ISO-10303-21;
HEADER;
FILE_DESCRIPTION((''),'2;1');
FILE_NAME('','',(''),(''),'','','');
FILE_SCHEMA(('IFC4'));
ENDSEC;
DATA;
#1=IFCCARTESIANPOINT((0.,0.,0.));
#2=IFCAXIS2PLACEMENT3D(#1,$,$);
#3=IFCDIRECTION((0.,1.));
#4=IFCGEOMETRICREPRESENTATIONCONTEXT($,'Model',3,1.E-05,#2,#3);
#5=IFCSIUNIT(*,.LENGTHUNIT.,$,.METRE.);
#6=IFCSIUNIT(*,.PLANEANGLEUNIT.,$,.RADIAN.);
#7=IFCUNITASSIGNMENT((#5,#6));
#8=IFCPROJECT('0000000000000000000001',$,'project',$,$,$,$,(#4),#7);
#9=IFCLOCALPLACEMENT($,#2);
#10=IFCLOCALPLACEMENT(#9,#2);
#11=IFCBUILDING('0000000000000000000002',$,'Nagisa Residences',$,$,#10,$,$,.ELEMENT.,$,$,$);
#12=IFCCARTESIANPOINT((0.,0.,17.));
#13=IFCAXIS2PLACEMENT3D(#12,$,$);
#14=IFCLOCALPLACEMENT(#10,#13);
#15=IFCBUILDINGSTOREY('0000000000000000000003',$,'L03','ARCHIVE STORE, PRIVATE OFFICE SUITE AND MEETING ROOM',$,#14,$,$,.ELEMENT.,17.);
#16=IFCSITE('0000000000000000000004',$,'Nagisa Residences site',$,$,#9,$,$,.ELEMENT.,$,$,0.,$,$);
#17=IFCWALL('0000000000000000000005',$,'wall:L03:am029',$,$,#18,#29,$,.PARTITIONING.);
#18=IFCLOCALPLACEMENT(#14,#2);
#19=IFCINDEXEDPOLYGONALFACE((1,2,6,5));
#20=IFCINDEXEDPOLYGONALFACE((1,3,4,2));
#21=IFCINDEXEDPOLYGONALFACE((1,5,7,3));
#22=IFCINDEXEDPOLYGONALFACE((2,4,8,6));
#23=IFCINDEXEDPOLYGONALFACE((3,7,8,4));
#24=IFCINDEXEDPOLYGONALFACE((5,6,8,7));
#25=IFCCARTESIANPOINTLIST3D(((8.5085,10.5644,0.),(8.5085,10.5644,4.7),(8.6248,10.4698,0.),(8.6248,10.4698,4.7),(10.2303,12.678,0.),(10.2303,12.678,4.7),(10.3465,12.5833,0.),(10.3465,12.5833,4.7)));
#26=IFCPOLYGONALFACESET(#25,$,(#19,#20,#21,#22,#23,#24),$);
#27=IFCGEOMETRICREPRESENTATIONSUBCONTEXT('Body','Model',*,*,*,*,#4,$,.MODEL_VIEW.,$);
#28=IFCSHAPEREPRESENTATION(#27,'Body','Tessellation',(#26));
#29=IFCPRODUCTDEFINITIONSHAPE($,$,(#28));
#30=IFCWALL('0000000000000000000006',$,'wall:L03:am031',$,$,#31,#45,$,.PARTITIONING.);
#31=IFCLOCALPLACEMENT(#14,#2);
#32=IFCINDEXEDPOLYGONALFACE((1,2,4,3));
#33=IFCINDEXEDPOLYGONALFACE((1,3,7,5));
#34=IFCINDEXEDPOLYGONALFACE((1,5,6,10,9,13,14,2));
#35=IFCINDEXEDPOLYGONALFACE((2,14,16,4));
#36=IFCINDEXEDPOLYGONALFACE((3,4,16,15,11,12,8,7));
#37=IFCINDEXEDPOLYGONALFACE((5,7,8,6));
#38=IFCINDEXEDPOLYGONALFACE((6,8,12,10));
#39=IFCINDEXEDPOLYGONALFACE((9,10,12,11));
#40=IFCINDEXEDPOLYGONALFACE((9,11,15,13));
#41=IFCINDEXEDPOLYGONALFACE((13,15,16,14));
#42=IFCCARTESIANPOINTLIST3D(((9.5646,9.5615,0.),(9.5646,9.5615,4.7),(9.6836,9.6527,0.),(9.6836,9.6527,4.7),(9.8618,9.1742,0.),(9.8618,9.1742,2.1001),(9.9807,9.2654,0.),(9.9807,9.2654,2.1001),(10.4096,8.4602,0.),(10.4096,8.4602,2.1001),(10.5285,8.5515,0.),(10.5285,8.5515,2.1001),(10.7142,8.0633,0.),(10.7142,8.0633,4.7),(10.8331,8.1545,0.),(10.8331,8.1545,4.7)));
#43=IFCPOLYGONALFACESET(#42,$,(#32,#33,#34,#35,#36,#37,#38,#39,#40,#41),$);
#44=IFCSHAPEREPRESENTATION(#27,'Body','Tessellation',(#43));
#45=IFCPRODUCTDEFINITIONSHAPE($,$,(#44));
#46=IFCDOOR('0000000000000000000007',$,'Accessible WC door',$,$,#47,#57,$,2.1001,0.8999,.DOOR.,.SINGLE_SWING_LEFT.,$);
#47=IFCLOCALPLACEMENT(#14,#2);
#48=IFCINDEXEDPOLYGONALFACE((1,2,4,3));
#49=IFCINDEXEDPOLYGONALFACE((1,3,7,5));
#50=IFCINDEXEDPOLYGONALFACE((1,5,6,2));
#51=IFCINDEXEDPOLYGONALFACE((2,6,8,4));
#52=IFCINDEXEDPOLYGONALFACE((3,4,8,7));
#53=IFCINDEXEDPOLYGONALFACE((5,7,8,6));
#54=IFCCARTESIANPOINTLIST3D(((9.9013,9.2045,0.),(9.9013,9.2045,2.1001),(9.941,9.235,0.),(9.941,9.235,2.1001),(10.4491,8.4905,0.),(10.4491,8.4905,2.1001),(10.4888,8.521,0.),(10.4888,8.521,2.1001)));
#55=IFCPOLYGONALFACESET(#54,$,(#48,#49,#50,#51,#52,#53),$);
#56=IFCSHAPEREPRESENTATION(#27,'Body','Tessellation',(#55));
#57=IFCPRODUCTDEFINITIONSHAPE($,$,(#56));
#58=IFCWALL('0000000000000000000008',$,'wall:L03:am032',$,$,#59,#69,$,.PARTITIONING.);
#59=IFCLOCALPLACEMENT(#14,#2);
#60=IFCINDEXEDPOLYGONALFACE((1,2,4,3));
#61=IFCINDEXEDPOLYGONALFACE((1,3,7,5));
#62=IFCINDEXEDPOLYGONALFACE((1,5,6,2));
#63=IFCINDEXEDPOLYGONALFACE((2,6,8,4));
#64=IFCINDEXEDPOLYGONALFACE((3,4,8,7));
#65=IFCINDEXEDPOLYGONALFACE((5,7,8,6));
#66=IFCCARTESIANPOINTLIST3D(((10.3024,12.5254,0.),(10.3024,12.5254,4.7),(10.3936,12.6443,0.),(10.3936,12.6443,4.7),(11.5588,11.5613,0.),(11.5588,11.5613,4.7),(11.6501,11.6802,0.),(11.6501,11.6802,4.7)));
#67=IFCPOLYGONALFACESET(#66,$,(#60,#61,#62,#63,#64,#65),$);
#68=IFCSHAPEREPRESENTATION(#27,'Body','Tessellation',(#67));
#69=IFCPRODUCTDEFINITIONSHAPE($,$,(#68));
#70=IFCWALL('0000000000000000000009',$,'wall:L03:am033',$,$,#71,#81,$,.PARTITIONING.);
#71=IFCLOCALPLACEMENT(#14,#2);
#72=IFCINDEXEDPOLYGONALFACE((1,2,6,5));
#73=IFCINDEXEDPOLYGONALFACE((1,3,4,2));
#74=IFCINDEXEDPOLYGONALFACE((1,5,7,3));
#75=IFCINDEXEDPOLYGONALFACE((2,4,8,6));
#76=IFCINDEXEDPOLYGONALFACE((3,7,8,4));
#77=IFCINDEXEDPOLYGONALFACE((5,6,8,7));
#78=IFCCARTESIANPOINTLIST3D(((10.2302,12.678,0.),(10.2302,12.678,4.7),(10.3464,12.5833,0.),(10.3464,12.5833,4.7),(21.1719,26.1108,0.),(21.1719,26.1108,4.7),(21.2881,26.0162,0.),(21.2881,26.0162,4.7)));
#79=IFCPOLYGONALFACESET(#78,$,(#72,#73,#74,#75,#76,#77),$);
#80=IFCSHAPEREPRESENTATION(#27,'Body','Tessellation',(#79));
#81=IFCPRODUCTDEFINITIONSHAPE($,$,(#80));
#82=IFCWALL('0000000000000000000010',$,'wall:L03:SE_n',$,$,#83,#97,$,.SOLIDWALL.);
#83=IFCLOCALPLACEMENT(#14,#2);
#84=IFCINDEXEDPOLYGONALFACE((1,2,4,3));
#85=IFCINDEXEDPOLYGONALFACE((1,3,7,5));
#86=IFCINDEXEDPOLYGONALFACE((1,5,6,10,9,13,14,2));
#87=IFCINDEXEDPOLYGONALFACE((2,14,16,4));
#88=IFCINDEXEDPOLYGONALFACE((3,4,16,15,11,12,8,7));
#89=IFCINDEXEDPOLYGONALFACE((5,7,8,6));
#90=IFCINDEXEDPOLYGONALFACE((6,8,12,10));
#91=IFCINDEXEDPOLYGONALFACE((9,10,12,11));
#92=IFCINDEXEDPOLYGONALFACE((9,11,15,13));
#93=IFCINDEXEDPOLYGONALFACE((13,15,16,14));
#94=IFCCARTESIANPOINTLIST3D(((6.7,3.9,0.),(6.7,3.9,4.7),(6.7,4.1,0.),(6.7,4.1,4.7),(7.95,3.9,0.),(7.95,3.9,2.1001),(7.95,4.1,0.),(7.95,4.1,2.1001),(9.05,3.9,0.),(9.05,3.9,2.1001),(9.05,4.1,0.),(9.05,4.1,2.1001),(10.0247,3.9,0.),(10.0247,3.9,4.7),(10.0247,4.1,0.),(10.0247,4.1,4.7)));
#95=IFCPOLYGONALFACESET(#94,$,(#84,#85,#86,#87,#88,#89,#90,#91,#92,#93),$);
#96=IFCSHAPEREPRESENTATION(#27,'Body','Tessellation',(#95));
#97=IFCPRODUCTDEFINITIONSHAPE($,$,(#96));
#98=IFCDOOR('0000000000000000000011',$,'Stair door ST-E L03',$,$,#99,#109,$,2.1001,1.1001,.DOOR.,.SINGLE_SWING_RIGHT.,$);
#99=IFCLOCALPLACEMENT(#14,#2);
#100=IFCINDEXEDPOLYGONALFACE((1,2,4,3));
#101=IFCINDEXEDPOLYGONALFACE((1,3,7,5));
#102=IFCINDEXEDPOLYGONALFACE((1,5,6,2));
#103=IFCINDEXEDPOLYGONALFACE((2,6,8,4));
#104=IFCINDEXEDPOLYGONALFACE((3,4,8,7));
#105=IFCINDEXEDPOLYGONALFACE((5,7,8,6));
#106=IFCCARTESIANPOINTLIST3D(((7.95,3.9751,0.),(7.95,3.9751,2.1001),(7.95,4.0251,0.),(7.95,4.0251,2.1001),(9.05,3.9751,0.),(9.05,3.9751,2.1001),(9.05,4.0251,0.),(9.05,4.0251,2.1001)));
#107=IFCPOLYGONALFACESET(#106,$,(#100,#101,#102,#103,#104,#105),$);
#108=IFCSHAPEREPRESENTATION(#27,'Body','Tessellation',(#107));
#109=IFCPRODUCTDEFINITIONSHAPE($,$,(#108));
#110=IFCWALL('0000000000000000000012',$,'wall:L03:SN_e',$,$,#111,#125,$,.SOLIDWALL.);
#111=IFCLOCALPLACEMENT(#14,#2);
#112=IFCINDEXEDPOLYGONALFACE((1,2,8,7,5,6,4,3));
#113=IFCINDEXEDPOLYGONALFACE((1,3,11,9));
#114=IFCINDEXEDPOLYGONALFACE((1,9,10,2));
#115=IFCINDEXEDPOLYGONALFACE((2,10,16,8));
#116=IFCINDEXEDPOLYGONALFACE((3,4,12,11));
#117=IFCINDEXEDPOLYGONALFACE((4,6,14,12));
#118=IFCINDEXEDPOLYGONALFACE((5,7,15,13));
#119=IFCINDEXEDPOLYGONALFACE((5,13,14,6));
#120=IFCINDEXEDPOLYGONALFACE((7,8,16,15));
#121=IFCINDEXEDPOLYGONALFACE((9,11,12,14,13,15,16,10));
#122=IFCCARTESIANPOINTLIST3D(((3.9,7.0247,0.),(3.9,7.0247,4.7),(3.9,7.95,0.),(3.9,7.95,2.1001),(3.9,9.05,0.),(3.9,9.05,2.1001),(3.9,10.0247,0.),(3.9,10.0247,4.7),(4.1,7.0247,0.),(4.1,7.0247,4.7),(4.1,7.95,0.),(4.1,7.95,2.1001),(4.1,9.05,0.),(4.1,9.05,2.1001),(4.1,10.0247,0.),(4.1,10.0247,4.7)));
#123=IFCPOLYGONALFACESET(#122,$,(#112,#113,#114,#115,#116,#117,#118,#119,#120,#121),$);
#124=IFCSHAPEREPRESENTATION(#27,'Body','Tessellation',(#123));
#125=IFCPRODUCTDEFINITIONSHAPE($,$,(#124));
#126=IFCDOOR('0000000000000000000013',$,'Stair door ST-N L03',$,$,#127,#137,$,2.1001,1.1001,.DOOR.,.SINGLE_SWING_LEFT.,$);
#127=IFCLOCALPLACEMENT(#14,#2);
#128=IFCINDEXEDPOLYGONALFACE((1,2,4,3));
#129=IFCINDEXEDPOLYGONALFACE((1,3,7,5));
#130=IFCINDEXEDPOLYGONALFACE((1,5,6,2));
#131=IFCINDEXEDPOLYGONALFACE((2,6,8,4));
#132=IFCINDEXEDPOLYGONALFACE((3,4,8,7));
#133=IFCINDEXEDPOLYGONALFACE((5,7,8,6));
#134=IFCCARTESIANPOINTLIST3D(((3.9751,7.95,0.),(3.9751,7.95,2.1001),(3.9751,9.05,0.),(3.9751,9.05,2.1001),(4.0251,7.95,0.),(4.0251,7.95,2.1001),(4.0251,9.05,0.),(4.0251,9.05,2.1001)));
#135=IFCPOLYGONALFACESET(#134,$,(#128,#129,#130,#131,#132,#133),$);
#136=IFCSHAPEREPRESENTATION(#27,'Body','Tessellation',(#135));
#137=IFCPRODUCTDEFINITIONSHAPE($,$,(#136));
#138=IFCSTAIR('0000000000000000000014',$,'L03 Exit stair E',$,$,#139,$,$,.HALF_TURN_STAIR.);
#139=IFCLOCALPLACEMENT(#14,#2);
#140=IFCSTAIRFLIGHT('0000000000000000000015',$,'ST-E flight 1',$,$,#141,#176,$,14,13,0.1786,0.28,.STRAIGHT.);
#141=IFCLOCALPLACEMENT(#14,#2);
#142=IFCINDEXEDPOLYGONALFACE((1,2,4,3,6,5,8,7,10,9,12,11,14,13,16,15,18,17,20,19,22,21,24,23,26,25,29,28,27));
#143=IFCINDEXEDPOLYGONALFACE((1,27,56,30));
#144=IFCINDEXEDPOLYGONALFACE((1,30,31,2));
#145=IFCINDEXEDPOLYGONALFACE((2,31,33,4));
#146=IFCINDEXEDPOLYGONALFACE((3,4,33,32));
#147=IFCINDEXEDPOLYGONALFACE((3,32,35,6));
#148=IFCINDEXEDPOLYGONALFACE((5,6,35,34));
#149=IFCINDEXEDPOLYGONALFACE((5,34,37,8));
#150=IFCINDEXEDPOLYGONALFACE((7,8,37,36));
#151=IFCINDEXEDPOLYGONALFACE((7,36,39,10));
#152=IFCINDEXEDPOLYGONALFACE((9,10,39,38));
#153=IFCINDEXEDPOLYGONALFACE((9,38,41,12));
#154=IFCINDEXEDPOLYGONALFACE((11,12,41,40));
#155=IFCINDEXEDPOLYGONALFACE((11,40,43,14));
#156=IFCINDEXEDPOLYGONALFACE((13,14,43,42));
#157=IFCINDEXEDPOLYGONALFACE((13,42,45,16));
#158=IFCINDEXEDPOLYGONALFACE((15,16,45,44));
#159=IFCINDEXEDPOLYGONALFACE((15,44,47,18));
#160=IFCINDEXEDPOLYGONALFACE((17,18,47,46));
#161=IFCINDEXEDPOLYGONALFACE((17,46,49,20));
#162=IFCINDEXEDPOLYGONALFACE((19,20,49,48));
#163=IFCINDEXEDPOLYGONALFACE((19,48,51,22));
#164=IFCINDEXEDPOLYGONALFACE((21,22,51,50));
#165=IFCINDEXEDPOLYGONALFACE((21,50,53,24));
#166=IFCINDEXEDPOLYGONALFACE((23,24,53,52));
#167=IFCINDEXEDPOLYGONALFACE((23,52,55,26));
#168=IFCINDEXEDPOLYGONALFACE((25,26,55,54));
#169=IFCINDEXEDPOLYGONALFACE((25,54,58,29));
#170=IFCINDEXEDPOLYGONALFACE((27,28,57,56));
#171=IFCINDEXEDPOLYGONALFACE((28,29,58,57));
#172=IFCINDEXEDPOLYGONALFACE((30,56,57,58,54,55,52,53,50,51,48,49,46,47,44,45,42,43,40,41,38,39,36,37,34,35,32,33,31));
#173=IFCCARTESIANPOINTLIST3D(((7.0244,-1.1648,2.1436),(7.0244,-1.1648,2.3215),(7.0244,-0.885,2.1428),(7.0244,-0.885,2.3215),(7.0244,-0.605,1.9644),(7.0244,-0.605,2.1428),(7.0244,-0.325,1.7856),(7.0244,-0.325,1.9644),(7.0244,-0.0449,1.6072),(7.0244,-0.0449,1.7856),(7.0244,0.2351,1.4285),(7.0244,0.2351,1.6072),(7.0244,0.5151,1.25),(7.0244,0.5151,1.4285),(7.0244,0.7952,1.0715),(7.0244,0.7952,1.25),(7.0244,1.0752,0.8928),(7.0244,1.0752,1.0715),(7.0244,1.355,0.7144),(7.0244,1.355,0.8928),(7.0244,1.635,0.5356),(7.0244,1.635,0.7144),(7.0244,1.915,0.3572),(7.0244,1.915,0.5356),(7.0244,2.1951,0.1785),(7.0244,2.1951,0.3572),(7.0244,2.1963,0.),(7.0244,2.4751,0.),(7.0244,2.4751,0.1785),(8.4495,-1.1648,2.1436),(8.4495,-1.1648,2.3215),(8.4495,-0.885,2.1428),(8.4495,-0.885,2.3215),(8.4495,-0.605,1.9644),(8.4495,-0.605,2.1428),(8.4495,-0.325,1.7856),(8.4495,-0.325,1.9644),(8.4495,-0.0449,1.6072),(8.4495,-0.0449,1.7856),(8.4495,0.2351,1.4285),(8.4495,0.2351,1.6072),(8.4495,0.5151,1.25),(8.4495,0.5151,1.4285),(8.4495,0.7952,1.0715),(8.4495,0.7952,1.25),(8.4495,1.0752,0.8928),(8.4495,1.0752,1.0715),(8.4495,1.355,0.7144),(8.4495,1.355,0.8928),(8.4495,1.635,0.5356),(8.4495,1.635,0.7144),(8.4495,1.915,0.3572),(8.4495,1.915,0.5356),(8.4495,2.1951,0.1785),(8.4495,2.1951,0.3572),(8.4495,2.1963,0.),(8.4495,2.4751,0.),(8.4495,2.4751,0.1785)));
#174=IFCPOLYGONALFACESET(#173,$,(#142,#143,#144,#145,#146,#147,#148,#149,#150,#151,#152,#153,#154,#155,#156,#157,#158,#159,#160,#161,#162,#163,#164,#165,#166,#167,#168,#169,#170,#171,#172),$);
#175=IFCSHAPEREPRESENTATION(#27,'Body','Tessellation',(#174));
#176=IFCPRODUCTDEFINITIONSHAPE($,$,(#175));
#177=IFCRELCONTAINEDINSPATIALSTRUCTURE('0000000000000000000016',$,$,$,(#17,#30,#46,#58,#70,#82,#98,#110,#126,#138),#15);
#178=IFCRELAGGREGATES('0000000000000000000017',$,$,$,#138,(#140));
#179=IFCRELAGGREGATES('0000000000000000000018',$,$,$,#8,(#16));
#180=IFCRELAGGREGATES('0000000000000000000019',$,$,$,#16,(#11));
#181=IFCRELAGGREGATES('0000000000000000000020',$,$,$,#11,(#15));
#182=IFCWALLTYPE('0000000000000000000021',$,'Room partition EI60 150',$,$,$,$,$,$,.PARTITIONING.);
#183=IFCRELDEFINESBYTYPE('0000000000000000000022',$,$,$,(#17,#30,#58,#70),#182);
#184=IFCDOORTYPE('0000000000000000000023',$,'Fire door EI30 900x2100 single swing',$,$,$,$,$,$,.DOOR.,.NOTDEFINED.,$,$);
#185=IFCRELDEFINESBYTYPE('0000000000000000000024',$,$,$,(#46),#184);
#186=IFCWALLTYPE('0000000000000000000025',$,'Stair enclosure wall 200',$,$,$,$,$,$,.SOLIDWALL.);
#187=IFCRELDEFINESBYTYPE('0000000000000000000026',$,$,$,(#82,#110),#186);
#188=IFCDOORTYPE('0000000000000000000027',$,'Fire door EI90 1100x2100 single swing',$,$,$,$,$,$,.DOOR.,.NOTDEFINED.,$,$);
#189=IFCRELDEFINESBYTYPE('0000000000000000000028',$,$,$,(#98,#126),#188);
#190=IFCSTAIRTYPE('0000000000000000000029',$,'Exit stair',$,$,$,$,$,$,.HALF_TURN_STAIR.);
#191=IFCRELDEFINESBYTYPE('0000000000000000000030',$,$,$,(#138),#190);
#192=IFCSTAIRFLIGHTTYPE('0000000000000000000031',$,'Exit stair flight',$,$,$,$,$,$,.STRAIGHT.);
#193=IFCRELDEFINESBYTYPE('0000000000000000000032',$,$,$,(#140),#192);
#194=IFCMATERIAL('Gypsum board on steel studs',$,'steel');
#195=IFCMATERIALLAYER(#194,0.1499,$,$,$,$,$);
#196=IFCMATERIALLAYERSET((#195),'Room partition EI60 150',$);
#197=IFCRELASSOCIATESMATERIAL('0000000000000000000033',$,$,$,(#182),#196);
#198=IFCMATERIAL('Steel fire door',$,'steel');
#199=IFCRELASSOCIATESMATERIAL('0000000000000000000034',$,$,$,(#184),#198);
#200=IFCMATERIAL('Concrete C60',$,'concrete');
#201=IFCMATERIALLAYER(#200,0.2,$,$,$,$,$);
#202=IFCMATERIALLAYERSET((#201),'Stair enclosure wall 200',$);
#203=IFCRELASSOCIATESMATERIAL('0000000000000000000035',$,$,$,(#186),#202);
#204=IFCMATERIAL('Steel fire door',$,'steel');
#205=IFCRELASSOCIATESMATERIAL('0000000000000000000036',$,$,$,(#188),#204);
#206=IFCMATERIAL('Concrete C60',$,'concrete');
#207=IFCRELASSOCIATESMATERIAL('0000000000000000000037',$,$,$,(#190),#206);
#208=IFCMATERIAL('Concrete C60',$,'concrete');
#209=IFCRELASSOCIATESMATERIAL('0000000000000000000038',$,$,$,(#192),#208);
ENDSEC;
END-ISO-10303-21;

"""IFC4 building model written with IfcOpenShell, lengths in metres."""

from ifc_helpers import new_model, si_unit, direction, frame, frame_2d, origin, place, context, subcontext, project, spatial, polyline, rectangle, outline, extrude, material, layer, layer_set, type_object, element, fill, aggregate, save


model = new_model("IFC4")

# Units and contexts
model_context = context("Model", 3, precision=1e-05, world=origin(), true_north=direction((0.0, 1.0)))
body_context = subcontext(model_context, "Body", "Model", "MODEL_VIEW")
ifc_project = project(units=[si_unit("LENGTHUNIT", "METRE"), si_unit("PLANEANGLEUNIT", "RADIAN")], contexts=[model_context])

# Site, building, storey
site_placement = place(None, origin())
site = spatial("IfcSite", under=ifc_project, at=site_placement, Name="Nagisa Residences site", CompositionType="ELEMENT", RefElevation=0.0)
building_placement = place(site_placement, origin())
building = spatial("IfcBuilding", under=site, at=building_placement, Name="Nagisa Residences", CompositionType="ELEMENT")
storey_placement = place(building_placement, frame((0.0, 0.0, 17.0)))
storey = spatial("IfcBuildingStorey", under=building, at=storey_placement, Name="L03", Description="ARCHIVE STORE, PRIVATE OFFICE SUITE AND MEETING ROOM", CompositionType="ELEMENT", Elevation=17.0)

# Shared definitions
ifc_material_1 = material(Name="Gypsum board on steel studs", Category="steel")
ifc_layer_1 = layer(ifc_material_1, 0.1499)
ifc_layer_set_1 = layer_set([ifc_layer_1], Name="Room partition EI60 150")
wall_type_1 = type_object("IfcWallType", Name="Room partition EI60 150", PredefinedType="PARTITIONING", material=ifc_layer_set_1)

# Shared definitions
ifc_material_2 = material(Name="Steel fire door", Category="steel")
door_type_1 = type_object("IfcDoorType", Name="Fire door EI30 900x2100 single swing", OperationType="NOTDEFINED", PredefinedType="DOOR", material=ifc_material_2)

# Wall
wall_1_placement = place(storey_placement, frame((8.5667, 10.5171, 0.0), z_axis=(0.0, 0.0, 1.0), x_axis=(0.631573, 0.775316, 0.0)))
element("IfcWall", 1, at=wall_1_placement, inside=storey, type_object=wall_type_1, Name="wall:L03:am029", PredefinedType="PARTITIONING", context=body_context, shape_type="SweptSolid", body=[
    extrude(rectangle(XDim=2.7261, YDim=0.1499, at=frame_2d((1.363, 0.0))), origin(), (0.0, 0.0, 1.0), 4.7),
])

# Wall, opening, door
wall_2_placement = place(storey_placement, frame((9.624, 9.6072, 0.0), z_axis=(0.0, 0.0, 1.0), x_axis=(0.608754, -0.793359, 0.0)))
wall_2 = element("IfcWall", 2, at=wall_2_placement, inside=storey, type_object=wall_type_1, Name="wall:L03:am031", PredefinedType="PARTITIONING", context=body_context, shape_type="SweptSolid", body=[
    extrude(rectangle(XDim=1.8884, YDim=0.1499, at=frame_2d((0.9443, 0.0))), origin(), (0.0, 0.0, 1.0), 4.7),
])
opening_1_placement = place(wall_2_placement, frame((0.4883, 0.0, 0.0)))
opening_1 = element("IfcOpeningElement", 3, at=opening_1_placement, cuts=wall_2, PredefinedType="OPENING", context=body_context, shape_type="SweptSolid", body=[
    extrude(rectangle(XDim=0.8999, YDim=2.1001, at=frame_2d((0.45, 1.05))), frame((0.0, 0.085, 0.0), z_axis=(0.0, -1.0, 0.0), x_axis=(1.0, 0.0, 0.0)), (0.0, 0.0, 1.0), 0.1699),
])
door_1_placement = place(opening_1_placement, origin())
door_1 = element("IfcDoor", 4, at=door_1_placement, inside=storey, type_object=door_type_1, Name="Accessible WC door", OperationType="SINGLE_SWING_LEFT", OverallHeight=2.1001, OverallWidth=0.8999, PredefinedType="DOOR", context=body_context, shape_type="SweptSolid", body=[
    extrude(rectangle(XDim=0.8999, YDim=2.1001, at=frame_2d((0.45, 1.05))), frame((0.0, 0.0249, 0.0), z_axis=(0.0, -1.0, 0.0), x_axis=(1.0, 0.0, 0.0)), (0.0, 0.0, 1.0), 0.05),
])
fill(opening_1, door_1)

# Walls
wall_3_placement = place(storey_placement, frame((10.3479, 12.585, 0.0), z_axis=(0.0, 0.0, 1.0), x_axis=(0.793328, -0.608794, 0.0)))
element("IfcWall", 5, at=wall_3_placement, inside=storey, type_object=wall_type_1, Name="wall:L03:am032", PredefinedType="PARTITIONING", context=body_context, shape_type="SweptSolid", body=[
    extrude(rectangle(XDim=1.5837, YDim=0.1499, at=frame_2d((0.792, 0.0))), origin(), (0.0, 0.0, 1.0), 4.7),
])
wall_4_placement = place(storey_placement, frame((10.2883, 12.6306, 0.0), z_axis=(0.0, 0.0, 1.0), x_axis=(0.631547, 0.775338, 0.0)))
element("IfcWall", 6, at=wall_4_placement, inside=storey, type_object=wall_type_1, Name="wall:L03:am033", PredefinedType="PARTITIONING", context=body_context, shape_type="SweptSolid", body=[
    extrude(rectangle(XDim=17.3252, YDim=0.1499, at=frame_2d((8.6626, 0.0))), origin(), (0.0, 0.0, 1.0), 4.7),
])

# Walls, openings, doors
ifc_material_3 = material(Name="Concrete C60", Category="concrete")
ifc_layer_2 = layer(ifc_material_3, 0.2)
ifc_layer_set_2 = layer_set([ifc_layer_2], Name="Stair enclosure wall 200")
wall_type_2 = type_object("IfcWallType", Name="Stair enclosure wall 200", PredefinedType="SOLIDWALL", material=ifc_layer_set_2)
wall_5_placement = place(storey_placement, frame((6.7, 4.0, 0.0), z_axis=(0.0, 0.0, 1.0), x_axis=(1.0, 0.0, 0.0)))
wall_5 = element("IfcWall", 7, at=wall_5_placement, inside=storey, type_object=wall_type_2, Name="wall:L03:SE_n", PredefinedType="SOLIDWALL", context=body_context, shape_type="SweptSolid", body=[
    extrude(rectangle(XDim=3.3247, YDim=0.2, at=frame_2d((1.6624, 0.0))), origin(), (0.0, 0.0, 1.0), 4.7),
])
opening_2_placement = place(wall_5_placement, frame((1.25, 0.0, 0.0)))
opening_2 = element("IfcOpeningElement", 8, at=opening_2_placement, cuts=wall_5, PredefinedType="OPENING", context=body_context, shape_type="SweptSolid", body=[
    extrude(rectangle(XDim=1.1001, YDim=2.1001, at=frame_2d((0.55, 1.05))), frame((0.0, 0.1099, 0.0), z_axis=(0.0, -1.0, 0.0), x_axis=(1.0, 0.0, 0.0)), (0.0, 0.0, 1.0), 0.22),
])
ifc_material_4 = material(Name="Steel fire door", Category="steel")
door_type_2 = type_object("IfcDoorType", Name="Fire door EI90 1100x2100 single swing", OperationType="NOTDEFINED", PredefinedType="DOOR", material=ifc_material_4)
door_2_placement = place(opening_2_placement, frame((1.1001, 0.0, 0.0), x_axis=(-1.0, 0.0, 0.0)))
door_2 = element("IfcDoor", 9, at=door_2_placement, inside=storey, type_object=door_type_2, Name="Stair door ST-E L03", OperationType="SINGLE_SWING_RIGHT", OverallHeight=2.1001, OverallWidth=1.1001, PredefinedType="DOOR", context=body_context, shape_type="SweptSolid", body=[
    extrude(rectangle(XDim=1.1001, YDim=2.1001, at=frame_2d((0.55, 1.05))), frame((0.0, 0.0249, 0.0), z_axis=(0.0, -1.0, 0.0), x_axis=(1.0, 0.0, 0.0)), (0.0, 0.0, 1.0), 0.05),
])
fill(opening_2, door_2)
wall_6_placement = place(storey_placement, frame((4.0, 7.0247, 0.0), z_axis=(0.0, 0.0, 1.0), x_axis=(0.0, 1.0, 0.0)))
wall_6 = element("IfcWall", 10, at=wall_6_placement, inside=storey, type_object=wall_type_2, Name="wall:L03:SN_e", PredefinedType="SOLIDWALL", context=body_context, shape_type="SweptSolid", body=[
    extrude(rectangle(XDim=3.0, YDim=0.2, at=frame_2d((1.5, 0.0))), origin(), (0.0, 0.0, 1.0), 4.7),
])
opening_3_placement = place(wall_6_placement, frame((0.9253, 0.0, 0.0)))
opening_3 = element("IfcOpeningElement", 11, at=opening_3_placement, cuts=wall_6, PredefinedType="OPENING", context=body_context, shape_type="SweptSolid", body=[
    extrude(rectangle(XDim=1.1001, YDim=2.1001, at=frame_2d((0.55, 1.05))), frame((0.0, 0.1099, 0.0), z_axis=(0.0, -1.0, 0.0), x_axis=(1.0, 0.0, 0.0)), (0.0, 0.0, 1.0), 0.22),
])
door_3_placement = place(opening_3_placement, origin())
door_3 = element("IfcDoor", 12, at=door_3_placement, inside=storey, type_object=door_type_2, Name="Stair door ST-N L03", OperationType="SINGLE_SWING_LEFT", OverallHeight=2.1001, OverallWidth=1.1001, PredefinedType="DOOR", context=body_context, shape_type="SweptSolid", body=[
    extrude(rectangle(XDim=1.1001, YDim=2.1001, at=frame_2d((0.55, 1.05))), frame((0.0, 0.0249, 0.0), z_axis=(0.0, -1.0, 0.0), x_axis=(1.0, 0.0, 0.0)), (0.0, 0.0, 1.0), 0.05),
])
fill(opening_3, door_3)

# Stair, stair flight
ifc_material_5 = material(Name="Concrete C60", Category="concrete")
stair_type = type_object("IfcStairType", Name="Exit stair", PredefinedType="HALF_TURN_STAIR", material=ifc_material_5)
stair_placement = place(storey_placement, origin())
stair = element("IfcStair", 13, at=stair_placement, inside=storey, type_object=stair_type, Name="L03 Exit stair E", PredefinedType="HALF_TURN_STAIR")
ifc_material_6 = material(Name="Concrete C60", Category="concrete")
stair_flight_type = type_object("IfcStairFlightType", Name="Exit stair flight", PredefinedType="STRAIGHT", material=ifc_material_6)
stair_flight_placement = place(storey_placement, frame((7.7371, 2.4751, 0.0), z_axis=(0.0, 0.0, 1.0), x_axis=(0.0, -1.0, 0.0)))
stair_flight = element("IfcStairFlight", 14, at=stair_flight_placement, type_object=stair_flight_type, Name="ST-E flight 1", NumberOfRisers=14, NumberOfTreads=13, PredefinedType="STRAIGHT", RiserHeight=0.1786, TreadLength=0.28, context=body_context, shape_type="SweptSolid", body=[
    extrude(outline(polyline([(0.0, 0.0), (0.0, 0.1785), (0.28, 0.1785), (0.28, 0.3572), (0.5601, 0.3572), (0.5601, 0.5356), (0.8401, 0.5356), (0.8401, 0.7144), (1.1201, 0.7144), (1.1201, 0.8928), (1.3999, 0.8928), (1.3999, 1.0715), (1.6799, 1.0715), (1.6799, 1.25), (1.96, 1.25), (1.96, 1.4285), (2.24, 1.4285), (2.24, 1.6072), (2.52, 1.6072), (2.52, 1.7856), (2.8, 1.7856), (2.8, 1.9644), (3.0801, 1.9644), (3.0801, 2.1428), (3.3601, 2.1428), (3.3601, 2.3215), (3.6399, 2.3215), (3.6399, 2.5), (3.6399, 2.1436), (0.2788, 0.0), (0.0, 0.0)])), frame((0.0, 0.7124, 0.0), z_axis=(0.0, -1.0, 0.0), x_axis=(1.0, 0.0, 0.0)), (0.0, 0.0, 1.0), 1.425),
])
aggregate(stair, [stair_flight])

save(model, "model.ifc")
